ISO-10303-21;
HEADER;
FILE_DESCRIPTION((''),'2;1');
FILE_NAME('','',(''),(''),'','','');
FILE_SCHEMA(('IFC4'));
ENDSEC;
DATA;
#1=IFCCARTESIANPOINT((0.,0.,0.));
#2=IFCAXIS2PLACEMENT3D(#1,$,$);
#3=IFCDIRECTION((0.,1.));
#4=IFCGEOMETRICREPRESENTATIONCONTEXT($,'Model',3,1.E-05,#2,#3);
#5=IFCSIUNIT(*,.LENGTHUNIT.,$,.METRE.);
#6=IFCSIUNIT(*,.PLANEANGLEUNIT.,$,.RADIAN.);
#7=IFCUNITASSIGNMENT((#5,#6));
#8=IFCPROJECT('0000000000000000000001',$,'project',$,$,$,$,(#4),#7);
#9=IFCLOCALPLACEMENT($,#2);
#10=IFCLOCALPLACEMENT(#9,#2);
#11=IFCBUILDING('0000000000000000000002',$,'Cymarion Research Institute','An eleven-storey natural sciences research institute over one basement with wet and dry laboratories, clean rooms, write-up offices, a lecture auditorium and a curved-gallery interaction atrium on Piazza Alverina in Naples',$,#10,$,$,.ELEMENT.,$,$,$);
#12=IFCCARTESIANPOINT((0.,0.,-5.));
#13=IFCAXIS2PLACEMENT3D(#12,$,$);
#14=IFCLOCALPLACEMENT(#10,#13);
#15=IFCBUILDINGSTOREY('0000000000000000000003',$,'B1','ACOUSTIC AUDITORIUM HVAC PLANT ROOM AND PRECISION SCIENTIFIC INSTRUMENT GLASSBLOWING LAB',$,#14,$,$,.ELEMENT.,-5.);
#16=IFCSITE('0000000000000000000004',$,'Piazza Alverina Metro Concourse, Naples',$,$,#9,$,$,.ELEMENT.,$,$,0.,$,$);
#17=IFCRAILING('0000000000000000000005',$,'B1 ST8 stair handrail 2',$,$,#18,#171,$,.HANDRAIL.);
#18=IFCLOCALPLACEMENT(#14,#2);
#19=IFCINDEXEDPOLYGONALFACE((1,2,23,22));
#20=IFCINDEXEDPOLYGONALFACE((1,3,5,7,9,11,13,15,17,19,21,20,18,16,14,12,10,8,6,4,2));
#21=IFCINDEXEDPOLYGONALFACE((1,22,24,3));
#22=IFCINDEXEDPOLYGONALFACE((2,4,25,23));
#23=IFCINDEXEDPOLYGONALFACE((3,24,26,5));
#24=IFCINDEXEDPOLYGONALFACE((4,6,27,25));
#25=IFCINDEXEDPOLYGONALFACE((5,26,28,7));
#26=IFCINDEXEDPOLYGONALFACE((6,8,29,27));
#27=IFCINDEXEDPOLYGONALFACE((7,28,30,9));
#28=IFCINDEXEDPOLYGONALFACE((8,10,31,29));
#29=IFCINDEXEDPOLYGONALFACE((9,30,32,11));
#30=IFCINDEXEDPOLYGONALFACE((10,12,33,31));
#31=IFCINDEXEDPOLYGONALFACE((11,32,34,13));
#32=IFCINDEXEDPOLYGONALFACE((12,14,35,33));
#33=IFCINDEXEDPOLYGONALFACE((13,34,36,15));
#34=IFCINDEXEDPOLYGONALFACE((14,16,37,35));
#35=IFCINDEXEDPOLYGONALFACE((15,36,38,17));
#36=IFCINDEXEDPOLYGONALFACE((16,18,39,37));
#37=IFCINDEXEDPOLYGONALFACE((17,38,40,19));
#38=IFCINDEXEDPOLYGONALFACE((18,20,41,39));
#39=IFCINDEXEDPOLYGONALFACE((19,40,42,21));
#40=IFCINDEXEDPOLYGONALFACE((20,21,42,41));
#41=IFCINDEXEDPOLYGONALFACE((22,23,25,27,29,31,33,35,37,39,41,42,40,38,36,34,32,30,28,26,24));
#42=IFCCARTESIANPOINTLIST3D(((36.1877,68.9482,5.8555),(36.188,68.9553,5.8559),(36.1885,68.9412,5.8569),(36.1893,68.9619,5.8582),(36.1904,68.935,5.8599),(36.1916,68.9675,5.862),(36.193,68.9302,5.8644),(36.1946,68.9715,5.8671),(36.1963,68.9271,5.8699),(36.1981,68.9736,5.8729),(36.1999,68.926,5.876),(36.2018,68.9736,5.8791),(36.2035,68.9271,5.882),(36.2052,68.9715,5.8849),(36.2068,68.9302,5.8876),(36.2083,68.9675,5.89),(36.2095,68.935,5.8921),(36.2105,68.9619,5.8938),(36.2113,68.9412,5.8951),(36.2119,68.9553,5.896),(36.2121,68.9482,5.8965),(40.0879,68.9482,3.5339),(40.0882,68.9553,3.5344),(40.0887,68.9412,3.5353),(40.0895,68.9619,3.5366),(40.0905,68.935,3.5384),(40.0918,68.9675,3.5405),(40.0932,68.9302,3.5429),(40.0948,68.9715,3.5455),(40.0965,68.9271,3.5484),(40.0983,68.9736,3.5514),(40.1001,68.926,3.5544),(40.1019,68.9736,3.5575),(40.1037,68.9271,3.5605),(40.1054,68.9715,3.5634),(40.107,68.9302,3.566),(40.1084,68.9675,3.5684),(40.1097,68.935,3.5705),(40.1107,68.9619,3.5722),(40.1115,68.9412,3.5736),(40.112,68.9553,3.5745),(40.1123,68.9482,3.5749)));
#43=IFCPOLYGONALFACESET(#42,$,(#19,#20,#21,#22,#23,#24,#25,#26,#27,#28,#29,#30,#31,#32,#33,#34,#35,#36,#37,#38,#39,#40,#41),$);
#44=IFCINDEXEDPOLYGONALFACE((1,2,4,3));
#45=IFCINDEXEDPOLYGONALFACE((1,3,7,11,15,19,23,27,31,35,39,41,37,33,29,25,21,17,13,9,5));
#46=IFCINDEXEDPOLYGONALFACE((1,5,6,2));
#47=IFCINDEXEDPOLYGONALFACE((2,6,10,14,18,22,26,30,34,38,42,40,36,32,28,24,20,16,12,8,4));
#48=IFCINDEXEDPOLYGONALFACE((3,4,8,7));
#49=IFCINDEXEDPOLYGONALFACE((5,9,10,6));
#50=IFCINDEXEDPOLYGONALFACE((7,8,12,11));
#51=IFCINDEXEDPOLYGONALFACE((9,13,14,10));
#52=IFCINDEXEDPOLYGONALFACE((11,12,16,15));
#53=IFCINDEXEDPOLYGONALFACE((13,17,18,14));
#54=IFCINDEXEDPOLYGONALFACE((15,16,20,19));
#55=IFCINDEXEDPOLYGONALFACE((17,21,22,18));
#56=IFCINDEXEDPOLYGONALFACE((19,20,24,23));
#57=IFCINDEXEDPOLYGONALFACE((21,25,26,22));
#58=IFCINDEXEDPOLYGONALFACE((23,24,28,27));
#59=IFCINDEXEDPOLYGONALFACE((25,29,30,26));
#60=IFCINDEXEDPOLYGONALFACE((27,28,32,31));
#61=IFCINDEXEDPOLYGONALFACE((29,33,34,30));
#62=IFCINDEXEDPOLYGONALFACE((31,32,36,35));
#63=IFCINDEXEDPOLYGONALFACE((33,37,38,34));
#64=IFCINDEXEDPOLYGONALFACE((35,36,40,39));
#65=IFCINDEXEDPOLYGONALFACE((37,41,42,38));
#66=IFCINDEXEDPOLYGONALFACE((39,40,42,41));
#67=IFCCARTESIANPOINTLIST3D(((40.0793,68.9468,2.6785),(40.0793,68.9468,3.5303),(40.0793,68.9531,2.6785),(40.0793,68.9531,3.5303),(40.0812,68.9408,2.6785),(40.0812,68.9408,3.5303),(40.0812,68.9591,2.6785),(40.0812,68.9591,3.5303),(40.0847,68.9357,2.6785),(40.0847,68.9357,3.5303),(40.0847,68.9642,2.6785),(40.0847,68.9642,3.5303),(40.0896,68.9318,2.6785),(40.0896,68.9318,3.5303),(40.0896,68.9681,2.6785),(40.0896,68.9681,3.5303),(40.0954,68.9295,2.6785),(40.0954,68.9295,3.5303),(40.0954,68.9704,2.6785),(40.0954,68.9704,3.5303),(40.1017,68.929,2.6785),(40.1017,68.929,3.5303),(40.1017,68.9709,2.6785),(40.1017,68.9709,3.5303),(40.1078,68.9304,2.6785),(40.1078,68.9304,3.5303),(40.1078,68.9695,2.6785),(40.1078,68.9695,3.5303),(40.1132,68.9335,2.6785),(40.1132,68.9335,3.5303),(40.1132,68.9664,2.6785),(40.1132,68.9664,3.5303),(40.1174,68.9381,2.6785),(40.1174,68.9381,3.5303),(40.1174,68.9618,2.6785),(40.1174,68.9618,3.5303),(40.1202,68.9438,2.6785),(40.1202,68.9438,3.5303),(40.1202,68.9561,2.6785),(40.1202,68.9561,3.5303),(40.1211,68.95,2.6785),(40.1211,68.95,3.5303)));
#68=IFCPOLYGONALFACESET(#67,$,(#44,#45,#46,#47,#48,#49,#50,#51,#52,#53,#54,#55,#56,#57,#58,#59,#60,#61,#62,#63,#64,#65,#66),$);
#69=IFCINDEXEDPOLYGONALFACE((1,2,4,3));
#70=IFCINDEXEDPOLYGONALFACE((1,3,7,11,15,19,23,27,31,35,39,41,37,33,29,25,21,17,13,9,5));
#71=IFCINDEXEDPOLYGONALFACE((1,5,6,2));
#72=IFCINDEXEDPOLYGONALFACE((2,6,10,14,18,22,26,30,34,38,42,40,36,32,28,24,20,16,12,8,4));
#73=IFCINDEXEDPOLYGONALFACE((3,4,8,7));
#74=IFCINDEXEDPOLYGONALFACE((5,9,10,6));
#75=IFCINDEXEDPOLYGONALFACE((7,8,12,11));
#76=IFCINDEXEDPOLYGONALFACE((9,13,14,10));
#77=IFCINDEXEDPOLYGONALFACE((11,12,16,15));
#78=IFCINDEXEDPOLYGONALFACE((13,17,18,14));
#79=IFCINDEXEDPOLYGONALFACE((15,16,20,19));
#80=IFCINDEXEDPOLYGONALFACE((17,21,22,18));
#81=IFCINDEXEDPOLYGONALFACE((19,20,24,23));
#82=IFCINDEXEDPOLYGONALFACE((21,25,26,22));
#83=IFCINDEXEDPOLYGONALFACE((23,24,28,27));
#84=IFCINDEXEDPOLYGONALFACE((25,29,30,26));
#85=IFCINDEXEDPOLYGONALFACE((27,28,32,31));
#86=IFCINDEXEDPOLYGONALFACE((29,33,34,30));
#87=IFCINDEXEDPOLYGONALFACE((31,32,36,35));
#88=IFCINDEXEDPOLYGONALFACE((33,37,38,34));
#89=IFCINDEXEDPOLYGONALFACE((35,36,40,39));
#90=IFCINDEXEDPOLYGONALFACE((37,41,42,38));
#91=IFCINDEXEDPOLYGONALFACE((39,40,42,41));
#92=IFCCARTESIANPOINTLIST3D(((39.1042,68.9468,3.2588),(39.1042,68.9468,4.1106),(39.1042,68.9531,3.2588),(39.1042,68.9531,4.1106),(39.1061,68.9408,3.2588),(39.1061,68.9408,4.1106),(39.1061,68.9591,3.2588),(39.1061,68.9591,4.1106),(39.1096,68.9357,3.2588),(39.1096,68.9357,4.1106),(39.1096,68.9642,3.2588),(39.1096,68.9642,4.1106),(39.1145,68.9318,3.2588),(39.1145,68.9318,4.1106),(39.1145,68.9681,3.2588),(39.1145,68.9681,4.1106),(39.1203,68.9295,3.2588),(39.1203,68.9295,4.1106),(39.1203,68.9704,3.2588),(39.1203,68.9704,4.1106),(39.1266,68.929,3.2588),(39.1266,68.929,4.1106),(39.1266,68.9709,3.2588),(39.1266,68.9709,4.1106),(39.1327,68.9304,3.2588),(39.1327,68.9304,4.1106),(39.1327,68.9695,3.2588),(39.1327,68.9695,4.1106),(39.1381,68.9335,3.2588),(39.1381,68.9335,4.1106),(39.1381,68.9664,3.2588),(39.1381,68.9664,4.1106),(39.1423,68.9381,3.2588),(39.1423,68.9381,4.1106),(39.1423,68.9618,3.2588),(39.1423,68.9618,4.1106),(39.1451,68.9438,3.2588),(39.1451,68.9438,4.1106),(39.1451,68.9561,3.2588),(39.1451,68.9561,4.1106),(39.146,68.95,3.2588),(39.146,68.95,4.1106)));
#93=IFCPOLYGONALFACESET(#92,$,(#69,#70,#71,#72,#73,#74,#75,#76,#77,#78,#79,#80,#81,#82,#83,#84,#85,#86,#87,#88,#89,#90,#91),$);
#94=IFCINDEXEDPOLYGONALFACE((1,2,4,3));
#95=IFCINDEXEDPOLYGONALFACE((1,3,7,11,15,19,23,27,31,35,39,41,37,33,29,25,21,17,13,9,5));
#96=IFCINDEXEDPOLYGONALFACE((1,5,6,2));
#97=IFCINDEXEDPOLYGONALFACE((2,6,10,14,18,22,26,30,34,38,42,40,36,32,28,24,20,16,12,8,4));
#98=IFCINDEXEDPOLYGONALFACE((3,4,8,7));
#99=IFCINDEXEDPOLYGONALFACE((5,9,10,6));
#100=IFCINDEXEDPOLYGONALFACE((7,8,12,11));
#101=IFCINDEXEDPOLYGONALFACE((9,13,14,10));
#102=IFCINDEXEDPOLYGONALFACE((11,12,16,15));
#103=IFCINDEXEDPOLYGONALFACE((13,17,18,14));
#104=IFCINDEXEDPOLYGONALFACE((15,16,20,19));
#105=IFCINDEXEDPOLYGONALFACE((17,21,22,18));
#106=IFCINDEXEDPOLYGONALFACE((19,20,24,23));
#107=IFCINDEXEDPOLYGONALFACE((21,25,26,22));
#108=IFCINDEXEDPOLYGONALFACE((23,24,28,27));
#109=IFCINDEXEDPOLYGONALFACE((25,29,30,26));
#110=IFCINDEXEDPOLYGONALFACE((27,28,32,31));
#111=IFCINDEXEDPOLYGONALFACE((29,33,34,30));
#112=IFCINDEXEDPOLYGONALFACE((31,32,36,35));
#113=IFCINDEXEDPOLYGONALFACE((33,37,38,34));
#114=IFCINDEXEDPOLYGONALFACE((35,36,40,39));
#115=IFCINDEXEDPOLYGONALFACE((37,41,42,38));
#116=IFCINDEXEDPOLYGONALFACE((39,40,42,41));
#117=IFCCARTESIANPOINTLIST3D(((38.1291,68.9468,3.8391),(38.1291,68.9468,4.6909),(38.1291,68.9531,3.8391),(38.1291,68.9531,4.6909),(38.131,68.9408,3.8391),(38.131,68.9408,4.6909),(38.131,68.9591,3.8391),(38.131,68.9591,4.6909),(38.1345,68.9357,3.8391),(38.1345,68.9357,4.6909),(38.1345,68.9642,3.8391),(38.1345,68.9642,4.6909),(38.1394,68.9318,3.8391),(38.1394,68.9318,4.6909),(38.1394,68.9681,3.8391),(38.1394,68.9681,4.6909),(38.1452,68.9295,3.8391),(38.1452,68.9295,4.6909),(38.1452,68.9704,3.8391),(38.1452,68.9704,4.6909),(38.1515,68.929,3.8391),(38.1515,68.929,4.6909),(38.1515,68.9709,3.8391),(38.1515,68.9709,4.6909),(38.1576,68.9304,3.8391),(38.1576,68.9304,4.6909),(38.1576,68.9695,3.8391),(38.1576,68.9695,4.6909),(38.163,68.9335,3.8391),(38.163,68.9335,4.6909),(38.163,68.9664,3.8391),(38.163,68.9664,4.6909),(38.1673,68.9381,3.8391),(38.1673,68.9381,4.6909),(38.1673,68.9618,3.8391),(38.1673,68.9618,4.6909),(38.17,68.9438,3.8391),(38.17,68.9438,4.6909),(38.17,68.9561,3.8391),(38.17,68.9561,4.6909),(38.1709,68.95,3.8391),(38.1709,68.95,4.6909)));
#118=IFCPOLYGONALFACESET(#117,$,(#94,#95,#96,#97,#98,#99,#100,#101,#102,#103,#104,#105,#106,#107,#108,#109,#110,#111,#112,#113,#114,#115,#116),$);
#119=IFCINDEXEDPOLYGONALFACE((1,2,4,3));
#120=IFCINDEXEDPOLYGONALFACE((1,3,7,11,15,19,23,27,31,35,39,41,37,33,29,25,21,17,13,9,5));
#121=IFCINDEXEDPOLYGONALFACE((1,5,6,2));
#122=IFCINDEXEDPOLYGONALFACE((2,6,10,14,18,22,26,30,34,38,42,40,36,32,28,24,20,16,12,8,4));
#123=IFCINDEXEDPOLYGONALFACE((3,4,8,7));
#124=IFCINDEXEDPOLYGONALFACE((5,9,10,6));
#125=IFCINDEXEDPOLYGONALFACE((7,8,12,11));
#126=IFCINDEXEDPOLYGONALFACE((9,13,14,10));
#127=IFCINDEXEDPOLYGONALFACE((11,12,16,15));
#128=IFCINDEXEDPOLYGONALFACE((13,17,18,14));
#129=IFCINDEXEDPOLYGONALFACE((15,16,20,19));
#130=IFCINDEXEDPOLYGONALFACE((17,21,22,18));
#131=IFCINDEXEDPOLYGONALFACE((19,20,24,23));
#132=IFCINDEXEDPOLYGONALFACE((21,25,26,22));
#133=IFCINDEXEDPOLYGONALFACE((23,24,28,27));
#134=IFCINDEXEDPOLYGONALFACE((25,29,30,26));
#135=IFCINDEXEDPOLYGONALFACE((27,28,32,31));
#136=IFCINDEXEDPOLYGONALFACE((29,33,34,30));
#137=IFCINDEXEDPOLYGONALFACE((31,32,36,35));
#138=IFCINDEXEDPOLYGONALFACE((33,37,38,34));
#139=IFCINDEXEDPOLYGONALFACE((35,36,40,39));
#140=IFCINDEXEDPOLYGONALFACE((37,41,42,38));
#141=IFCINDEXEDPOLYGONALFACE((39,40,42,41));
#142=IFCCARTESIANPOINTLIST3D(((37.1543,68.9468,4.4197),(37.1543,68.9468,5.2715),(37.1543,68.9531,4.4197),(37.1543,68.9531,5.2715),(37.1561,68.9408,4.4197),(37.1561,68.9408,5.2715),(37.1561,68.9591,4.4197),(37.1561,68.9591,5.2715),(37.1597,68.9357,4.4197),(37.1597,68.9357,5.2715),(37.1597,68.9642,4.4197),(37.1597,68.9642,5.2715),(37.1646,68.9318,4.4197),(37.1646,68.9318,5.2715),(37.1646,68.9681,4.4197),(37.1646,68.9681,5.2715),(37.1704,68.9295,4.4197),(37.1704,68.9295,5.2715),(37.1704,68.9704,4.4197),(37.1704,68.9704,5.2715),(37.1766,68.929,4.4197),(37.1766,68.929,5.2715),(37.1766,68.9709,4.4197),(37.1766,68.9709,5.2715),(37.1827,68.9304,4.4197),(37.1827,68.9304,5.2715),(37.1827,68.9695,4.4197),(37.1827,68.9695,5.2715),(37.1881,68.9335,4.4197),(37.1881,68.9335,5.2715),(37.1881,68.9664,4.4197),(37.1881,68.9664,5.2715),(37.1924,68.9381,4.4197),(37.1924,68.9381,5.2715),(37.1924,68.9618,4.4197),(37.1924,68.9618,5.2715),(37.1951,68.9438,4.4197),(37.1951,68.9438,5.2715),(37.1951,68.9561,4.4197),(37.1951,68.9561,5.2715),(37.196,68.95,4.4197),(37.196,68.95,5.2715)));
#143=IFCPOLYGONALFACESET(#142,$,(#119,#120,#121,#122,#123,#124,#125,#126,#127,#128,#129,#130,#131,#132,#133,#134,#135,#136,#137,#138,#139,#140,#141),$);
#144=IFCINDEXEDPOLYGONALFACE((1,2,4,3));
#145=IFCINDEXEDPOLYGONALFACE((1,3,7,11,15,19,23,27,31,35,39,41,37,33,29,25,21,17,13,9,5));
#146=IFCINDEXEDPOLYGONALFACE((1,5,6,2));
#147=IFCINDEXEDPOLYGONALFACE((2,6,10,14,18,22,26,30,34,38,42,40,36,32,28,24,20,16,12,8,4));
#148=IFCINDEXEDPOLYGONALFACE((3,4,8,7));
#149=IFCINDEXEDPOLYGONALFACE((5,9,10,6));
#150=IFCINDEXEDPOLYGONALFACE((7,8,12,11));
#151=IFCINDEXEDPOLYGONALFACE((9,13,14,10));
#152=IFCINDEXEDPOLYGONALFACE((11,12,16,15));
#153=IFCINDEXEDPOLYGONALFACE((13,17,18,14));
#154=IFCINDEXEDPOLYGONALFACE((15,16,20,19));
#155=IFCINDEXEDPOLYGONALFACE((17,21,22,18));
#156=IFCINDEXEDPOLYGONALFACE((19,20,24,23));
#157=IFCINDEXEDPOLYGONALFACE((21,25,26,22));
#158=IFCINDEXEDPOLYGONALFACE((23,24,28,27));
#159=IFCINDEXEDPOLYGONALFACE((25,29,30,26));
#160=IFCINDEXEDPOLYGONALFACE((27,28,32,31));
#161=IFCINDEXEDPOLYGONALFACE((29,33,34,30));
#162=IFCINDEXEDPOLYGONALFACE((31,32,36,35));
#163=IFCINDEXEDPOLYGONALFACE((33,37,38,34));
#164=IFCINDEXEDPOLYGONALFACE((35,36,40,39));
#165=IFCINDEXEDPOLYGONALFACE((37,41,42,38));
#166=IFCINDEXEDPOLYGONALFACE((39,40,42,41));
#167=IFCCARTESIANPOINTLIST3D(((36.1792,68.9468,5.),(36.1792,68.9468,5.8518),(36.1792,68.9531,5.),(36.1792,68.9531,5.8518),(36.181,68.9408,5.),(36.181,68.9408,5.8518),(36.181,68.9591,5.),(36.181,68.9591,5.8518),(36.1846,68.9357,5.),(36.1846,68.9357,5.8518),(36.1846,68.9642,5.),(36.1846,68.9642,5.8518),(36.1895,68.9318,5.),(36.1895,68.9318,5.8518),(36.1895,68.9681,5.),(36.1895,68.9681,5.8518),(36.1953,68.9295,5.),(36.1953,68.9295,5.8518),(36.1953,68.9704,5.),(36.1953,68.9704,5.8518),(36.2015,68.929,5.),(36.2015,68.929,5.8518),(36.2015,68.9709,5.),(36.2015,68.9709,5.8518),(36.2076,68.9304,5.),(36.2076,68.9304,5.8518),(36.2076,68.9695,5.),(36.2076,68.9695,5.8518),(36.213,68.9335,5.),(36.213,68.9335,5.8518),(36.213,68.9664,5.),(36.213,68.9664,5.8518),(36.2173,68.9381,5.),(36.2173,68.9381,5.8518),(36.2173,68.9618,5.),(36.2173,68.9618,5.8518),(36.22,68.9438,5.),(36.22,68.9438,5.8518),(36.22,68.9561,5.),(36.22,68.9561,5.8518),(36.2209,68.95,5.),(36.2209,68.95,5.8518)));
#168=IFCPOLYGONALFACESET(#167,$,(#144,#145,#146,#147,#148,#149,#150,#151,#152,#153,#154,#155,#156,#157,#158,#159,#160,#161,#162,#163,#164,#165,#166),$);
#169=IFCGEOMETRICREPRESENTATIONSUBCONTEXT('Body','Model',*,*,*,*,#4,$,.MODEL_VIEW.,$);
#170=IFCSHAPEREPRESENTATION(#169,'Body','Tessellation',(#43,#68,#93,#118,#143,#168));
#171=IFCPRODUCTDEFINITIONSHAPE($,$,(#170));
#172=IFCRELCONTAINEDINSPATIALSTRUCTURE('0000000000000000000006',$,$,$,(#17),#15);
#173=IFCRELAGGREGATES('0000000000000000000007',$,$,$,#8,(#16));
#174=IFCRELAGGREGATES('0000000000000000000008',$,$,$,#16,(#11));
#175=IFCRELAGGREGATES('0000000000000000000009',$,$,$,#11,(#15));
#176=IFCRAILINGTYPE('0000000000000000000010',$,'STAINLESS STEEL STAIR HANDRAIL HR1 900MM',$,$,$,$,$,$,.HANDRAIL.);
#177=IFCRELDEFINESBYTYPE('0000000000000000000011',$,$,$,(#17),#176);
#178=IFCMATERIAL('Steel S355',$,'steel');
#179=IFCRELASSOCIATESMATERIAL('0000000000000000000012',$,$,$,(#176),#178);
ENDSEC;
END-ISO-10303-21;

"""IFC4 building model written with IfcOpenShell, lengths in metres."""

from ifc_helpers import new_model, si_unit, direction, frame, origin, origin_2d, place, context, subcontext, project, spatial, circle, extrude, material, type_object, element, save


model = new_model("IFC4")

# Units and contexts
model_context = context("Model", 3, precision=1e-05, world=origin(), true_north=direction((0.0, 1.0)))
body_context = subcontext(model_context, "Body", "Model", "MODEL_VIEW")
ifc_project = project(units=[si_unit("LENGTHUNIT", "METRE"), si_unit("PLANEANGLEUNIT", "RADIAN")], contexts=[model_context])

# Site, building, storey
site_placement = place(None, origin())
site = spatial("IfcSite", under=ifc_project, at=site_placement, Name="Piazza Alverina Metro Concourse, Naples", CompositionType="ELEMENT", RefElevation=0.0)
building_placement = place(site_placement, origin())
building = spatial("IfcBuilding", under=site, at=building_placement, Name="Cymarion Research Institute", Description="An eleven-storey natural sciences research institute over one basement with wet and dry laboratories, clean rooms, write-up offices, a lecture auditorium and a curved-gallery interaction atrium on Piazza Alverina in Naples", CompositionType="ELEMENT")
storey_placement = place(building_placement, frame((0.0, 0.0, -5.0)))
storey = spatial("IfcBuildingStorey", under=building, at=storey_placement, Name="B1", Description="ACOUSTIC AUDITORIUM HVAC PLANT ROOM AND PRECISION SCIENTIFIC INSTRUMENT GLASSBLOWING LAB", CompositionType="ELEMENT", Elevation=-5.0)

# Shared definitions
ifc_material_1 = material(Name="Steel S355", Category="steel")

# Railing
railing_type_1 = type_object("IfcRailingType", Name="STAINLESS STEEL STAIR HANDRAIL HR1 900MM", PredefinedType="HANDRAIL", material=ifc_material_1)
railing_1_placement = place(storey_placement, frame((40.1001, 68.95, 2.6785)))
element("IfcRailing", 1, at=railing_1_placement, inside=storey, type_object=railing_type_1, Name="B1 ST8 stair handrail 2", PredefinedType="HANDRAIL", context=body_context, shape_type="SweptSolid", body=[
    extrude(circle(Radius=0.0239, at=origin_2d()), frame((0.0, 0.0, 0.876), z_axis=(-0.859291, 0.0, 0.511487), x_axis=(0.0, -1.0, 0.0)), (0.0, 0.0, 1.0), 4.5388),
    extrude(circle(Radius=0.021, at=origin_2d()), origin(), (0.0, 0.0, 1.0), 0.8518),
    extrude(circle(Radius=0.021, at=origin_2d()), frame((-0.9751, 0.0, 0.5803)), (0.0, 0.0, 1.0), 0.8518),
    extrude(circle(Radius=0.021, at=origin_2d()), frame((-1.9502, 0.0, 1.1606)), (0.0, 0.0, 1.0), 0.8518),
    extrude(circle(Radius=0.021, at=origin_2d()), frame((-2.925, 0.0, 1.7412)), (0.0, 0.0, 1.0), 0.8518),
    extrude(circle(Radius=0.021, at=origin_2d()), frame((-3.9001, 0.0, 2.3215)), (0.0, 0.0, 1.0), 0.8518),
])

save(model, "model.ifc")
